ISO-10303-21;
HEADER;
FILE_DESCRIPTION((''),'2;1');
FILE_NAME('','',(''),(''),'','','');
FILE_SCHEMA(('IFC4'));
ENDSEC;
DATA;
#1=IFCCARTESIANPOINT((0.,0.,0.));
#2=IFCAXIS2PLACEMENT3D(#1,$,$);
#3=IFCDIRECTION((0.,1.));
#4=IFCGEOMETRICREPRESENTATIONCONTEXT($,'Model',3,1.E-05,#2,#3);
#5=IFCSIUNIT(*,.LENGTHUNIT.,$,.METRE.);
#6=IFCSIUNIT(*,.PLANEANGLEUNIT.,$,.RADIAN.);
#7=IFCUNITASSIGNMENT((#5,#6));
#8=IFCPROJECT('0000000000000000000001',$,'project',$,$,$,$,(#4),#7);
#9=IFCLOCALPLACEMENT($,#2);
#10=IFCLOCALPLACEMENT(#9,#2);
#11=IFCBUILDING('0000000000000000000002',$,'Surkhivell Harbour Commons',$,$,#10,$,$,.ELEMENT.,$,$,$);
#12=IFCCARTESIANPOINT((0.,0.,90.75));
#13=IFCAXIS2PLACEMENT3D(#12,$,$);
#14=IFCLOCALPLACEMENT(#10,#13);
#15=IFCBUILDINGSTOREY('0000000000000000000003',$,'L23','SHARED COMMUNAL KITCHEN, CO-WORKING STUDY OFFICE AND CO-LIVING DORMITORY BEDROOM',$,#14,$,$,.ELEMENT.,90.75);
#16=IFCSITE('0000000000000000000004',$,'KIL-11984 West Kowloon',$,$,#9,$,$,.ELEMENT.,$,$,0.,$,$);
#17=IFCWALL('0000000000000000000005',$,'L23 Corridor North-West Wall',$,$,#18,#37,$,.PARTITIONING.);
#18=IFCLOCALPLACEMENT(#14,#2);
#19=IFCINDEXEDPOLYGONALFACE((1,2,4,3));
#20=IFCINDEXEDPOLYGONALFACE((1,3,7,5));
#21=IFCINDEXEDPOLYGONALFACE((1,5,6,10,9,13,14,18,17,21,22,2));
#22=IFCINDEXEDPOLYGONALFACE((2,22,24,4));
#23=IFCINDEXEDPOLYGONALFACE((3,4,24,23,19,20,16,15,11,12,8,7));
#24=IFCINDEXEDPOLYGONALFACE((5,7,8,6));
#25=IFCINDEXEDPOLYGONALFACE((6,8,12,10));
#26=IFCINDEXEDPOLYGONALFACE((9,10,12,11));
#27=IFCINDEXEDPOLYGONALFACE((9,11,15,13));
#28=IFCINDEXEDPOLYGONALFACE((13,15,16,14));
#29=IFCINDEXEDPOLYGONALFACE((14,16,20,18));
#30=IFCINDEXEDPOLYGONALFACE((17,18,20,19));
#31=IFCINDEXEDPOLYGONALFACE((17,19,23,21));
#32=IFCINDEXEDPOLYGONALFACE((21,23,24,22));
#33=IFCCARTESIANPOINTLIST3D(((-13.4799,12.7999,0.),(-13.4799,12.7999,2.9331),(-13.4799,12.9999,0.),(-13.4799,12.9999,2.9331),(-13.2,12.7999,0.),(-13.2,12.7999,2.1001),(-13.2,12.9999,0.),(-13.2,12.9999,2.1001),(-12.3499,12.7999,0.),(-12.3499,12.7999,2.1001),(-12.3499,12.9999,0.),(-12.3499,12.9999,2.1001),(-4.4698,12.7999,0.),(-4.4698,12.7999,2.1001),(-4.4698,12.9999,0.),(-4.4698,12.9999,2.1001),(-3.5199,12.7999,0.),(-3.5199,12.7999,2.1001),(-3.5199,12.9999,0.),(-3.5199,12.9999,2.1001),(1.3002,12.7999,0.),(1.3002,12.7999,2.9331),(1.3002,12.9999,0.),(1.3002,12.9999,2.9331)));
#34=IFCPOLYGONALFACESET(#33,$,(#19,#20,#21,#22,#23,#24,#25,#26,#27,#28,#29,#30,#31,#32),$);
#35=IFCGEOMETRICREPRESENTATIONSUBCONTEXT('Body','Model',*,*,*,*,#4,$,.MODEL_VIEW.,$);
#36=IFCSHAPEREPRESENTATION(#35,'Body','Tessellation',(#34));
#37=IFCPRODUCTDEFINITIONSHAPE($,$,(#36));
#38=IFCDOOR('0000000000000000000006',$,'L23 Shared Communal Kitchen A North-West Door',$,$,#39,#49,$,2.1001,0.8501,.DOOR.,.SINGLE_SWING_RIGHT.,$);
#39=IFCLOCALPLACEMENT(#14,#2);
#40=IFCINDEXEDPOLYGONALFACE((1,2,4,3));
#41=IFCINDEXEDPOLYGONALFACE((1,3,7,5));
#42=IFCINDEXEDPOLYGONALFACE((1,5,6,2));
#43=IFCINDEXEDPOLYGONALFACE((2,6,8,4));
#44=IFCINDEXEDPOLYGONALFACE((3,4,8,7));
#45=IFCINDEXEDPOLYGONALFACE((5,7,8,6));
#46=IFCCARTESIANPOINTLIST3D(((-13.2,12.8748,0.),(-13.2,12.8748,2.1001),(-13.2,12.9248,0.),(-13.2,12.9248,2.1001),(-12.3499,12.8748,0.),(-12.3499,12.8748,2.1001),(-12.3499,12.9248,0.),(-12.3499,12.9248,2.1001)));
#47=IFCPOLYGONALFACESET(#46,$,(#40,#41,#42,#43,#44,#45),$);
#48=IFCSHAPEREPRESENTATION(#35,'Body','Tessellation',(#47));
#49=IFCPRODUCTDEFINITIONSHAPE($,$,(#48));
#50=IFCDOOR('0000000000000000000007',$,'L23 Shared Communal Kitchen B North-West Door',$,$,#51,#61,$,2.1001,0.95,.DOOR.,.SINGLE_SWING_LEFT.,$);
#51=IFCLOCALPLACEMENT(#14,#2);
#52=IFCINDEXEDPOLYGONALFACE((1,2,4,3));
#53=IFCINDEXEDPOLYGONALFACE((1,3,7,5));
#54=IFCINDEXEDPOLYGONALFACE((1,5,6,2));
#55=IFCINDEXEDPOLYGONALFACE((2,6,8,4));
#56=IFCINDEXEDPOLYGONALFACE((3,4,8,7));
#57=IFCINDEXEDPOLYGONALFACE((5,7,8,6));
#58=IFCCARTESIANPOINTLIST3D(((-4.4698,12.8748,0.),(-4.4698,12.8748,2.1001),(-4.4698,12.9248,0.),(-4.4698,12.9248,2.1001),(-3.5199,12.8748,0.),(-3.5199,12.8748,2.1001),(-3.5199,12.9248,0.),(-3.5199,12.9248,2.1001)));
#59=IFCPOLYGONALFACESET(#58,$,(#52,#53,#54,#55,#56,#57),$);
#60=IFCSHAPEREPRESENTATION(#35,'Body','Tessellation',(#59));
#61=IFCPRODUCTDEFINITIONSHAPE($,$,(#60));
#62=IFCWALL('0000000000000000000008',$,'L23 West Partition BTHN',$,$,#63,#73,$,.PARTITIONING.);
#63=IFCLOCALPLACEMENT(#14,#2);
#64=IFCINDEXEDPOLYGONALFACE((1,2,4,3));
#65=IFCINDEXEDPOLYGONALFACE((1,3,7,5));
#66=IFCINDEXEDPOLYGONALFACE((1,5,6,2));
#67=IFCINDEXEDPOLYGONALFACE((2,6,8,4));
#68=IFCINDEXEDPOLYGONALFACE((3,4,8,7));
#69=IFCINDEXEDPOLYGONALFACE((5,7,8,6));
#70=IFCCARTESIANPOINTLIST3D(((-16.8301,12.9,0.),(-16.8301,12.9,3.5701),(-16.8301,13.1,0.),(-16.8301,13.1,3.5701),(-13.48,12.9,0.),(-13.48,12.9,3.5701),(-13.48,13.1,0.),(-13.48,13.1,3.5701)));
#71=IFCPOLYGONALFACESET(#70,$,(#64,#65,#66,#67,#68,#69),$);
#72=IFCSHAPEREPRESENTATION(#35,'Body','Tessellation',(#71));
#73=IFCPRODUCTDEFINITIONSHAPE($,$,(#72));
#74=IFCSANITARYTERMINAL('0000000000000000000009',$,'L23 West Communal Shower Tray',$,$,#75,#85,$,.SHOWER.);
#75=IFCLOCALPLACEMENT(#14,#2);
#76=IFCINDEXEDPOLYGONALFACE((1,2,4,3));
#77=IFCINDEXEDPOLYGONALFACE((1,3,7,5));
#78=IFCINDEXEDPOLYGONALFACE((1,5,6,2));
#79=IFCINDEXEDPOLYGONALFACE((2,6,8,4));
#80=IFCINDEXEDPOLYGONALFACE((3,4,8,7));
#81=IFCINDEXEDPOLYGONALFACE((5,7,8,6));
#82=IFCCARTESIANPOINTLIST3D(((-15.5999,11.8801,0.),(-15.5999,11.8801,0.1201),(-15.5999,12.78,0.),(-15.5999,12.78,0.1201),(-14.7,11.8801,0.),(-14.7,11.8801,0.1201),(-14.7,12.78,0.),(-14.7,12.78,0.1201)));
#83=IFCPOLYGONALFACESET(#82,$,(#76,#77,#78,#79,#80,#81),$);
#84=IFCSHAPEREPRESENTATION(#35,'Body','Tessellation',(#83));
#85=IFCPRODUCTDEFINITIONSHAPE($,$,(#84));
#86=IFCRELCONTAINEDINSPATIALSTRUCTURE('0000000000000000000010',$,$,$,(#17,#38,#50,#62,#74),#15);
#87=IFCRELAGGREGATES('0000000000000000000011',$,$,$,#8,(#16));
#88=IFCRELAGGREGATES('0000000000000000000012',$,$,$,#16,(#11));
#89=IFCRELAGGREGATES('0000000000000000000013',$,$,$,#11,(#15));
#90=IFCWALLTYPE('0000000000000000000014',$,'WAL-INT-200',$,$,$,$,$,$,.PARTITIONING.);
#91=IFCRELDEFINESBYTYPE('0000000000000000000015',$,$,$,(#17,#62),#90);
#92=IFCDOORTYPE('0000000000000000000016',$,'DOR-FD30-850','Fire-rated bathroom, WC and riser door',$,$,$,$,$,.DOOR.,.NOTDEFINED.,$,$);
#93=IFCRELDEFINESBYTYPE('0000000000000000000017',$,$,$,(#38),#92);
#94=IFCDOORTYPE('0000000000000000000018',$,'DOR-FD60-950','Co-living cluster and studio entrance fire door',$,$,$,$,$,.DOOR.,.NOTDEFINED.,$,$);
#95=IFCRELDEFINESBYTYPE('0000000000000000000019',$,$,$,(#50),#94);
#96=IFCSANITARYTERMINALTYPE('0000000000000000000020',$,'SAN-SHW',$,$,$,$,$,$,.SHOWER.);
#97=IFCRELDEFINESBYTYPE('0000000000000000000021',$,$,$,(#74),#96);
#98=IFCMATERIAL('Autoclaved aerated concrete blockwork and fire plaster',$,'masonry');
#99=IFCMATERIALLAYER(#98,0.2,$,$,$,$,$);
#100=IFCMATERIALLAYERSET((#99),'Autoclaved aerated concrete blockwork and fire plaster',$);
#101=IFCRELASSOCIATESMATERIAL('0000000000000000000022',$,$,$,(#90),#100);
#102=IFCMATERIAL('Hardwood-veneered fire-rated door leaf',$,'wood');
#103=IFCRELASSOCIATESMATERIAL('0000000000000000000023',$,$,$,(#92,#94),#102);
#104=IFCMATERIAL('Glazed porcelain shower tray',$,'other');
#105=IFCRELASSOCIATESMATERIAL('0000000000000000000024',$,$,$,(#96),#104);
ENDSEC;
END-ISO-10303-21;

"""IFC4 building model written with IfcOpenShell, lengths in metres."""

from ifc_helpers import new_model, si_unit, direction, frame, frame_2d, origin, origin_2d, place, context, subcontext, project, spatial, rectangle, extrude, material, layer, layer_set, type_object, element, fill, save


model = new_model("IFC4")

# Units and contexts
model_context = context("Model", 3, precision=1e-05, world=origin(), true_north=direction((0.0, 1.0)))
body_context = subcontext(model_context, "Body", "Model", "MODEL_VIEW")
ifc_project = project(units=[si_unit("LENGTHUNIT", "METRE"), si_unit("PLANEANGLEUNIT", "RADIAN")], contexts=[model_context])

# Site, building, storey
site_placement = place(None, origin())
site = spatial("IfcSite", under=ifc_project, at=site_placement, Name="KIL-11984 West Kowloon", CompositionType="ELEMENT", RefElevation=0.0)
building_placement = place(site_placement, origin())
building = spatial("IfcBuilding", under=site, at=building_placement, Name="Surkhivell Harbour Commons", CompositionType="ELEMENT")
storey_placement = place(building_placement, frame((0.0, 0.0, 90.75)))
storey = spatial("IfcBuildingStorey", under=building, at=storey_placement, Name="L23", Description="SHARED COMMUNAL KITCHEN, CO-WORKING STUDY OFFICE AND CO-LIVING DORMITORY BEDROOM", CompositionType="ELEMENT", Elevation=90.75)

# Shared definitions
ifc_material_1 = material(Name="Autoclaved aerated concrete blockwork and fire plaster", Category="masonry")
ifc_layer_1 = layer(ifc_material_1, 0.2)
ifc_layer_set_1 = layer_set([ifc_layer_1], Name="Autoclaved aerated concrete blockwork and fire plaster")
wall_type_1 = type_object("IfcWallType", Name="WAL-INT-200", PredefinedType="PARTITIONING", material=ifc_layer_set_1)

# Wall, openings, doors
wall_1_placement = place(storey_placement, frame((-13.48, 12.8999, 0.0), z_axis=(0.0, 0.0, 1.0), x_axis=(1.0, 0.0, 0.0)))
wall_1 = element("IfcWall", 1, at=wall_1_placement, inside=storey, type_object=wall_type_1, Name="L23 Corridor North-West Wall", PredefinedType="PARTITIONING", context=body_context, shape_type="SweptSolid", body=[
    extrude(rectangle(XDim=14.78, YDim=0.2, at=frame_2d((7.3901, 0.0))), origin(), (0.0, 0.0, 1.0), 2.9331),
])
opening_1_placement = place(wall_1_placement, frame((0.28, 0.0, 0.0)))
opening_1 = element("IfcOpeningElement", 2, at=opening_1_placement, cuts=wall_1, PredefinedType="OPENING", context=body_context, shape_type="SweptSolid", body=[
    extrude(rectangle(XDim=0.8501, YDim=2.1001, at=frame_2d((0.425, 1.05))), frame((0.0, 0.1099, 0.0), z_axis=(0.0, -1.0, 0.0), x_axis=(1.0, 0.0, 0.0)), (0.0, 0.0, 1.0), 0.22),
])
opening_2_placement = place(wall_1_placement, frame((9.01, 0.0, 0.0)))
opening_2 = element("IfcOpeningElement", 3, at=opening_2_placement, cuts=wall_1, PredefinedType="OPENING", context=body_context, shape_type="SweptSolid", body=[
    extrude(rectangle(XDim=0.95, YDim=2.1001, at=frame_2d((0.4751, 1.05))), frame((0.0, 0.1099, 0.0), z_axis=(0.0, -1.0, 0.0), x_axis=(1.0, 0.0, 0.0)), (0.0, 0.0, 1.0), 0.22),
])
ifc_material_2 = material(Name="Hardwood-veneered fire-rated door leaf", Category="wood")
door_type_1 = type_object("IfcDoorType", Name="DOR-FD30-850", Description="Fire-rated bathroom, WC and riser door", OperationType="NOTDEFINED", PredefinedType="DOOR", material=ifc_material_2)
door_1_placement = place(opening_1_placement, origin())
door_1 = element("IfcDoor", 4, at=door_1_placement, inside=storey, type_object=door_type_1, Name="L23 Shared Communal Kitchen A North-West Door", OperationType="SINGLE_SWING_RIGHT", OverallHeight=2.1001, OverallWidth=0.8501, PredefinedType="DOOR", context=body_context, shape_type="SweptSolid", body=[
    extrude(rectangle(XDim=0.8501, YDim=2.1001, at=frame_2d((0.425, 1.05))), frame((0.0, 0.0249, 0.0), z_axis=(0.0, -1.0, 0.0), x_axis=(1.0, 0.0, 0.0)), (0.0, 0.0, 1.0), 0.05),
])
fill(opening_1, door_1)
door_type_2 = type_object("IfcDoorType", Name="DOR-FD60-950", Description="Co-living cluster and studio entrance fire door", OperationType="NOTDEFINED", PredefinedType="DOOR", material=ifc_material_2)
door_2_placement = place(opening_2_placement, origin())
door_2 = element("IfcDoor", 5, at=door_2_placement, inside=storey, type_object=door_type_2, Name="L23 Shared Communal Kitchen B North-West Door", OperationType="SINGLE_SWING_LEFT", OverallHeight=2.1001, OverallWidth=0.95, PredefinedType="DOOR", context=body_context, shape_type="SweptSolid", body=[
    extrude(rectangle(XDim=0.95, YDim=2.1001, at=frame_2d((0.4751, 1.05))), frame((0.0, 0.0249, 0.0), z_axis=(0.0, -1.0, 0.0), x_axis=(1.0, 0.0, 0.0)), (0.0, 0.0, 1.0), 0.05),
])
fill(opening_2, door_2)

# Wall
wall_2_placement = place(storey_placement, frame((-16.8301, 13.0, 0.0), z_axis=(0.0, 0.0, 1.0), x_axis=(1.0, 0.0, 0.0)))
element("IfcWall", 6, at=wall_2_placement, inside=storey, type_object=wall_type_1, Name="L23 West Partition BTHN", PredefinedType="PARTITIONING", context=body_context, shape_type="SweptSolid", body=[
    extrude(rectangle(XDim=3.3501, YDim=0.2, at=frame_2d((1.675, 0.0))), origin(), (0.0, 0.0, 1.0), 3.5701),
])

# Sanitary terminal
ifc_material_3 = material(Name="Glazed porcelain shower tray", Category="other")
sanitary_terminal_type = type_object("IfcSanitaryTerminalType", Name="SAN-SHW", PredefinedType="SHOWER", material=ifc_material_3)
sanitary_terminal_placement = place(storey_placement, frame((-15.1499, 12.3301, 0.0), z_axis=(0.0, 0.0, 1.0), x_axis=(1.0, 0.0, 0.0)))
element("IfcSanitaryTerminal", 7, at=sanitary_terminal_placement, inside=storey, type_object=sanitary_terminal_type, Name="L23 West Communal Shower Tray", PredefinedType="SHOWER", context=body_context, shape_type="SweptSolid", body=[
    extrude(rectangle(XDim=0.8999, YDim=0.8999, at=origin_2d()), origin(), (0.0, 0.0, 1.0), 0.1201),
])

save(model, "model.ifc")
